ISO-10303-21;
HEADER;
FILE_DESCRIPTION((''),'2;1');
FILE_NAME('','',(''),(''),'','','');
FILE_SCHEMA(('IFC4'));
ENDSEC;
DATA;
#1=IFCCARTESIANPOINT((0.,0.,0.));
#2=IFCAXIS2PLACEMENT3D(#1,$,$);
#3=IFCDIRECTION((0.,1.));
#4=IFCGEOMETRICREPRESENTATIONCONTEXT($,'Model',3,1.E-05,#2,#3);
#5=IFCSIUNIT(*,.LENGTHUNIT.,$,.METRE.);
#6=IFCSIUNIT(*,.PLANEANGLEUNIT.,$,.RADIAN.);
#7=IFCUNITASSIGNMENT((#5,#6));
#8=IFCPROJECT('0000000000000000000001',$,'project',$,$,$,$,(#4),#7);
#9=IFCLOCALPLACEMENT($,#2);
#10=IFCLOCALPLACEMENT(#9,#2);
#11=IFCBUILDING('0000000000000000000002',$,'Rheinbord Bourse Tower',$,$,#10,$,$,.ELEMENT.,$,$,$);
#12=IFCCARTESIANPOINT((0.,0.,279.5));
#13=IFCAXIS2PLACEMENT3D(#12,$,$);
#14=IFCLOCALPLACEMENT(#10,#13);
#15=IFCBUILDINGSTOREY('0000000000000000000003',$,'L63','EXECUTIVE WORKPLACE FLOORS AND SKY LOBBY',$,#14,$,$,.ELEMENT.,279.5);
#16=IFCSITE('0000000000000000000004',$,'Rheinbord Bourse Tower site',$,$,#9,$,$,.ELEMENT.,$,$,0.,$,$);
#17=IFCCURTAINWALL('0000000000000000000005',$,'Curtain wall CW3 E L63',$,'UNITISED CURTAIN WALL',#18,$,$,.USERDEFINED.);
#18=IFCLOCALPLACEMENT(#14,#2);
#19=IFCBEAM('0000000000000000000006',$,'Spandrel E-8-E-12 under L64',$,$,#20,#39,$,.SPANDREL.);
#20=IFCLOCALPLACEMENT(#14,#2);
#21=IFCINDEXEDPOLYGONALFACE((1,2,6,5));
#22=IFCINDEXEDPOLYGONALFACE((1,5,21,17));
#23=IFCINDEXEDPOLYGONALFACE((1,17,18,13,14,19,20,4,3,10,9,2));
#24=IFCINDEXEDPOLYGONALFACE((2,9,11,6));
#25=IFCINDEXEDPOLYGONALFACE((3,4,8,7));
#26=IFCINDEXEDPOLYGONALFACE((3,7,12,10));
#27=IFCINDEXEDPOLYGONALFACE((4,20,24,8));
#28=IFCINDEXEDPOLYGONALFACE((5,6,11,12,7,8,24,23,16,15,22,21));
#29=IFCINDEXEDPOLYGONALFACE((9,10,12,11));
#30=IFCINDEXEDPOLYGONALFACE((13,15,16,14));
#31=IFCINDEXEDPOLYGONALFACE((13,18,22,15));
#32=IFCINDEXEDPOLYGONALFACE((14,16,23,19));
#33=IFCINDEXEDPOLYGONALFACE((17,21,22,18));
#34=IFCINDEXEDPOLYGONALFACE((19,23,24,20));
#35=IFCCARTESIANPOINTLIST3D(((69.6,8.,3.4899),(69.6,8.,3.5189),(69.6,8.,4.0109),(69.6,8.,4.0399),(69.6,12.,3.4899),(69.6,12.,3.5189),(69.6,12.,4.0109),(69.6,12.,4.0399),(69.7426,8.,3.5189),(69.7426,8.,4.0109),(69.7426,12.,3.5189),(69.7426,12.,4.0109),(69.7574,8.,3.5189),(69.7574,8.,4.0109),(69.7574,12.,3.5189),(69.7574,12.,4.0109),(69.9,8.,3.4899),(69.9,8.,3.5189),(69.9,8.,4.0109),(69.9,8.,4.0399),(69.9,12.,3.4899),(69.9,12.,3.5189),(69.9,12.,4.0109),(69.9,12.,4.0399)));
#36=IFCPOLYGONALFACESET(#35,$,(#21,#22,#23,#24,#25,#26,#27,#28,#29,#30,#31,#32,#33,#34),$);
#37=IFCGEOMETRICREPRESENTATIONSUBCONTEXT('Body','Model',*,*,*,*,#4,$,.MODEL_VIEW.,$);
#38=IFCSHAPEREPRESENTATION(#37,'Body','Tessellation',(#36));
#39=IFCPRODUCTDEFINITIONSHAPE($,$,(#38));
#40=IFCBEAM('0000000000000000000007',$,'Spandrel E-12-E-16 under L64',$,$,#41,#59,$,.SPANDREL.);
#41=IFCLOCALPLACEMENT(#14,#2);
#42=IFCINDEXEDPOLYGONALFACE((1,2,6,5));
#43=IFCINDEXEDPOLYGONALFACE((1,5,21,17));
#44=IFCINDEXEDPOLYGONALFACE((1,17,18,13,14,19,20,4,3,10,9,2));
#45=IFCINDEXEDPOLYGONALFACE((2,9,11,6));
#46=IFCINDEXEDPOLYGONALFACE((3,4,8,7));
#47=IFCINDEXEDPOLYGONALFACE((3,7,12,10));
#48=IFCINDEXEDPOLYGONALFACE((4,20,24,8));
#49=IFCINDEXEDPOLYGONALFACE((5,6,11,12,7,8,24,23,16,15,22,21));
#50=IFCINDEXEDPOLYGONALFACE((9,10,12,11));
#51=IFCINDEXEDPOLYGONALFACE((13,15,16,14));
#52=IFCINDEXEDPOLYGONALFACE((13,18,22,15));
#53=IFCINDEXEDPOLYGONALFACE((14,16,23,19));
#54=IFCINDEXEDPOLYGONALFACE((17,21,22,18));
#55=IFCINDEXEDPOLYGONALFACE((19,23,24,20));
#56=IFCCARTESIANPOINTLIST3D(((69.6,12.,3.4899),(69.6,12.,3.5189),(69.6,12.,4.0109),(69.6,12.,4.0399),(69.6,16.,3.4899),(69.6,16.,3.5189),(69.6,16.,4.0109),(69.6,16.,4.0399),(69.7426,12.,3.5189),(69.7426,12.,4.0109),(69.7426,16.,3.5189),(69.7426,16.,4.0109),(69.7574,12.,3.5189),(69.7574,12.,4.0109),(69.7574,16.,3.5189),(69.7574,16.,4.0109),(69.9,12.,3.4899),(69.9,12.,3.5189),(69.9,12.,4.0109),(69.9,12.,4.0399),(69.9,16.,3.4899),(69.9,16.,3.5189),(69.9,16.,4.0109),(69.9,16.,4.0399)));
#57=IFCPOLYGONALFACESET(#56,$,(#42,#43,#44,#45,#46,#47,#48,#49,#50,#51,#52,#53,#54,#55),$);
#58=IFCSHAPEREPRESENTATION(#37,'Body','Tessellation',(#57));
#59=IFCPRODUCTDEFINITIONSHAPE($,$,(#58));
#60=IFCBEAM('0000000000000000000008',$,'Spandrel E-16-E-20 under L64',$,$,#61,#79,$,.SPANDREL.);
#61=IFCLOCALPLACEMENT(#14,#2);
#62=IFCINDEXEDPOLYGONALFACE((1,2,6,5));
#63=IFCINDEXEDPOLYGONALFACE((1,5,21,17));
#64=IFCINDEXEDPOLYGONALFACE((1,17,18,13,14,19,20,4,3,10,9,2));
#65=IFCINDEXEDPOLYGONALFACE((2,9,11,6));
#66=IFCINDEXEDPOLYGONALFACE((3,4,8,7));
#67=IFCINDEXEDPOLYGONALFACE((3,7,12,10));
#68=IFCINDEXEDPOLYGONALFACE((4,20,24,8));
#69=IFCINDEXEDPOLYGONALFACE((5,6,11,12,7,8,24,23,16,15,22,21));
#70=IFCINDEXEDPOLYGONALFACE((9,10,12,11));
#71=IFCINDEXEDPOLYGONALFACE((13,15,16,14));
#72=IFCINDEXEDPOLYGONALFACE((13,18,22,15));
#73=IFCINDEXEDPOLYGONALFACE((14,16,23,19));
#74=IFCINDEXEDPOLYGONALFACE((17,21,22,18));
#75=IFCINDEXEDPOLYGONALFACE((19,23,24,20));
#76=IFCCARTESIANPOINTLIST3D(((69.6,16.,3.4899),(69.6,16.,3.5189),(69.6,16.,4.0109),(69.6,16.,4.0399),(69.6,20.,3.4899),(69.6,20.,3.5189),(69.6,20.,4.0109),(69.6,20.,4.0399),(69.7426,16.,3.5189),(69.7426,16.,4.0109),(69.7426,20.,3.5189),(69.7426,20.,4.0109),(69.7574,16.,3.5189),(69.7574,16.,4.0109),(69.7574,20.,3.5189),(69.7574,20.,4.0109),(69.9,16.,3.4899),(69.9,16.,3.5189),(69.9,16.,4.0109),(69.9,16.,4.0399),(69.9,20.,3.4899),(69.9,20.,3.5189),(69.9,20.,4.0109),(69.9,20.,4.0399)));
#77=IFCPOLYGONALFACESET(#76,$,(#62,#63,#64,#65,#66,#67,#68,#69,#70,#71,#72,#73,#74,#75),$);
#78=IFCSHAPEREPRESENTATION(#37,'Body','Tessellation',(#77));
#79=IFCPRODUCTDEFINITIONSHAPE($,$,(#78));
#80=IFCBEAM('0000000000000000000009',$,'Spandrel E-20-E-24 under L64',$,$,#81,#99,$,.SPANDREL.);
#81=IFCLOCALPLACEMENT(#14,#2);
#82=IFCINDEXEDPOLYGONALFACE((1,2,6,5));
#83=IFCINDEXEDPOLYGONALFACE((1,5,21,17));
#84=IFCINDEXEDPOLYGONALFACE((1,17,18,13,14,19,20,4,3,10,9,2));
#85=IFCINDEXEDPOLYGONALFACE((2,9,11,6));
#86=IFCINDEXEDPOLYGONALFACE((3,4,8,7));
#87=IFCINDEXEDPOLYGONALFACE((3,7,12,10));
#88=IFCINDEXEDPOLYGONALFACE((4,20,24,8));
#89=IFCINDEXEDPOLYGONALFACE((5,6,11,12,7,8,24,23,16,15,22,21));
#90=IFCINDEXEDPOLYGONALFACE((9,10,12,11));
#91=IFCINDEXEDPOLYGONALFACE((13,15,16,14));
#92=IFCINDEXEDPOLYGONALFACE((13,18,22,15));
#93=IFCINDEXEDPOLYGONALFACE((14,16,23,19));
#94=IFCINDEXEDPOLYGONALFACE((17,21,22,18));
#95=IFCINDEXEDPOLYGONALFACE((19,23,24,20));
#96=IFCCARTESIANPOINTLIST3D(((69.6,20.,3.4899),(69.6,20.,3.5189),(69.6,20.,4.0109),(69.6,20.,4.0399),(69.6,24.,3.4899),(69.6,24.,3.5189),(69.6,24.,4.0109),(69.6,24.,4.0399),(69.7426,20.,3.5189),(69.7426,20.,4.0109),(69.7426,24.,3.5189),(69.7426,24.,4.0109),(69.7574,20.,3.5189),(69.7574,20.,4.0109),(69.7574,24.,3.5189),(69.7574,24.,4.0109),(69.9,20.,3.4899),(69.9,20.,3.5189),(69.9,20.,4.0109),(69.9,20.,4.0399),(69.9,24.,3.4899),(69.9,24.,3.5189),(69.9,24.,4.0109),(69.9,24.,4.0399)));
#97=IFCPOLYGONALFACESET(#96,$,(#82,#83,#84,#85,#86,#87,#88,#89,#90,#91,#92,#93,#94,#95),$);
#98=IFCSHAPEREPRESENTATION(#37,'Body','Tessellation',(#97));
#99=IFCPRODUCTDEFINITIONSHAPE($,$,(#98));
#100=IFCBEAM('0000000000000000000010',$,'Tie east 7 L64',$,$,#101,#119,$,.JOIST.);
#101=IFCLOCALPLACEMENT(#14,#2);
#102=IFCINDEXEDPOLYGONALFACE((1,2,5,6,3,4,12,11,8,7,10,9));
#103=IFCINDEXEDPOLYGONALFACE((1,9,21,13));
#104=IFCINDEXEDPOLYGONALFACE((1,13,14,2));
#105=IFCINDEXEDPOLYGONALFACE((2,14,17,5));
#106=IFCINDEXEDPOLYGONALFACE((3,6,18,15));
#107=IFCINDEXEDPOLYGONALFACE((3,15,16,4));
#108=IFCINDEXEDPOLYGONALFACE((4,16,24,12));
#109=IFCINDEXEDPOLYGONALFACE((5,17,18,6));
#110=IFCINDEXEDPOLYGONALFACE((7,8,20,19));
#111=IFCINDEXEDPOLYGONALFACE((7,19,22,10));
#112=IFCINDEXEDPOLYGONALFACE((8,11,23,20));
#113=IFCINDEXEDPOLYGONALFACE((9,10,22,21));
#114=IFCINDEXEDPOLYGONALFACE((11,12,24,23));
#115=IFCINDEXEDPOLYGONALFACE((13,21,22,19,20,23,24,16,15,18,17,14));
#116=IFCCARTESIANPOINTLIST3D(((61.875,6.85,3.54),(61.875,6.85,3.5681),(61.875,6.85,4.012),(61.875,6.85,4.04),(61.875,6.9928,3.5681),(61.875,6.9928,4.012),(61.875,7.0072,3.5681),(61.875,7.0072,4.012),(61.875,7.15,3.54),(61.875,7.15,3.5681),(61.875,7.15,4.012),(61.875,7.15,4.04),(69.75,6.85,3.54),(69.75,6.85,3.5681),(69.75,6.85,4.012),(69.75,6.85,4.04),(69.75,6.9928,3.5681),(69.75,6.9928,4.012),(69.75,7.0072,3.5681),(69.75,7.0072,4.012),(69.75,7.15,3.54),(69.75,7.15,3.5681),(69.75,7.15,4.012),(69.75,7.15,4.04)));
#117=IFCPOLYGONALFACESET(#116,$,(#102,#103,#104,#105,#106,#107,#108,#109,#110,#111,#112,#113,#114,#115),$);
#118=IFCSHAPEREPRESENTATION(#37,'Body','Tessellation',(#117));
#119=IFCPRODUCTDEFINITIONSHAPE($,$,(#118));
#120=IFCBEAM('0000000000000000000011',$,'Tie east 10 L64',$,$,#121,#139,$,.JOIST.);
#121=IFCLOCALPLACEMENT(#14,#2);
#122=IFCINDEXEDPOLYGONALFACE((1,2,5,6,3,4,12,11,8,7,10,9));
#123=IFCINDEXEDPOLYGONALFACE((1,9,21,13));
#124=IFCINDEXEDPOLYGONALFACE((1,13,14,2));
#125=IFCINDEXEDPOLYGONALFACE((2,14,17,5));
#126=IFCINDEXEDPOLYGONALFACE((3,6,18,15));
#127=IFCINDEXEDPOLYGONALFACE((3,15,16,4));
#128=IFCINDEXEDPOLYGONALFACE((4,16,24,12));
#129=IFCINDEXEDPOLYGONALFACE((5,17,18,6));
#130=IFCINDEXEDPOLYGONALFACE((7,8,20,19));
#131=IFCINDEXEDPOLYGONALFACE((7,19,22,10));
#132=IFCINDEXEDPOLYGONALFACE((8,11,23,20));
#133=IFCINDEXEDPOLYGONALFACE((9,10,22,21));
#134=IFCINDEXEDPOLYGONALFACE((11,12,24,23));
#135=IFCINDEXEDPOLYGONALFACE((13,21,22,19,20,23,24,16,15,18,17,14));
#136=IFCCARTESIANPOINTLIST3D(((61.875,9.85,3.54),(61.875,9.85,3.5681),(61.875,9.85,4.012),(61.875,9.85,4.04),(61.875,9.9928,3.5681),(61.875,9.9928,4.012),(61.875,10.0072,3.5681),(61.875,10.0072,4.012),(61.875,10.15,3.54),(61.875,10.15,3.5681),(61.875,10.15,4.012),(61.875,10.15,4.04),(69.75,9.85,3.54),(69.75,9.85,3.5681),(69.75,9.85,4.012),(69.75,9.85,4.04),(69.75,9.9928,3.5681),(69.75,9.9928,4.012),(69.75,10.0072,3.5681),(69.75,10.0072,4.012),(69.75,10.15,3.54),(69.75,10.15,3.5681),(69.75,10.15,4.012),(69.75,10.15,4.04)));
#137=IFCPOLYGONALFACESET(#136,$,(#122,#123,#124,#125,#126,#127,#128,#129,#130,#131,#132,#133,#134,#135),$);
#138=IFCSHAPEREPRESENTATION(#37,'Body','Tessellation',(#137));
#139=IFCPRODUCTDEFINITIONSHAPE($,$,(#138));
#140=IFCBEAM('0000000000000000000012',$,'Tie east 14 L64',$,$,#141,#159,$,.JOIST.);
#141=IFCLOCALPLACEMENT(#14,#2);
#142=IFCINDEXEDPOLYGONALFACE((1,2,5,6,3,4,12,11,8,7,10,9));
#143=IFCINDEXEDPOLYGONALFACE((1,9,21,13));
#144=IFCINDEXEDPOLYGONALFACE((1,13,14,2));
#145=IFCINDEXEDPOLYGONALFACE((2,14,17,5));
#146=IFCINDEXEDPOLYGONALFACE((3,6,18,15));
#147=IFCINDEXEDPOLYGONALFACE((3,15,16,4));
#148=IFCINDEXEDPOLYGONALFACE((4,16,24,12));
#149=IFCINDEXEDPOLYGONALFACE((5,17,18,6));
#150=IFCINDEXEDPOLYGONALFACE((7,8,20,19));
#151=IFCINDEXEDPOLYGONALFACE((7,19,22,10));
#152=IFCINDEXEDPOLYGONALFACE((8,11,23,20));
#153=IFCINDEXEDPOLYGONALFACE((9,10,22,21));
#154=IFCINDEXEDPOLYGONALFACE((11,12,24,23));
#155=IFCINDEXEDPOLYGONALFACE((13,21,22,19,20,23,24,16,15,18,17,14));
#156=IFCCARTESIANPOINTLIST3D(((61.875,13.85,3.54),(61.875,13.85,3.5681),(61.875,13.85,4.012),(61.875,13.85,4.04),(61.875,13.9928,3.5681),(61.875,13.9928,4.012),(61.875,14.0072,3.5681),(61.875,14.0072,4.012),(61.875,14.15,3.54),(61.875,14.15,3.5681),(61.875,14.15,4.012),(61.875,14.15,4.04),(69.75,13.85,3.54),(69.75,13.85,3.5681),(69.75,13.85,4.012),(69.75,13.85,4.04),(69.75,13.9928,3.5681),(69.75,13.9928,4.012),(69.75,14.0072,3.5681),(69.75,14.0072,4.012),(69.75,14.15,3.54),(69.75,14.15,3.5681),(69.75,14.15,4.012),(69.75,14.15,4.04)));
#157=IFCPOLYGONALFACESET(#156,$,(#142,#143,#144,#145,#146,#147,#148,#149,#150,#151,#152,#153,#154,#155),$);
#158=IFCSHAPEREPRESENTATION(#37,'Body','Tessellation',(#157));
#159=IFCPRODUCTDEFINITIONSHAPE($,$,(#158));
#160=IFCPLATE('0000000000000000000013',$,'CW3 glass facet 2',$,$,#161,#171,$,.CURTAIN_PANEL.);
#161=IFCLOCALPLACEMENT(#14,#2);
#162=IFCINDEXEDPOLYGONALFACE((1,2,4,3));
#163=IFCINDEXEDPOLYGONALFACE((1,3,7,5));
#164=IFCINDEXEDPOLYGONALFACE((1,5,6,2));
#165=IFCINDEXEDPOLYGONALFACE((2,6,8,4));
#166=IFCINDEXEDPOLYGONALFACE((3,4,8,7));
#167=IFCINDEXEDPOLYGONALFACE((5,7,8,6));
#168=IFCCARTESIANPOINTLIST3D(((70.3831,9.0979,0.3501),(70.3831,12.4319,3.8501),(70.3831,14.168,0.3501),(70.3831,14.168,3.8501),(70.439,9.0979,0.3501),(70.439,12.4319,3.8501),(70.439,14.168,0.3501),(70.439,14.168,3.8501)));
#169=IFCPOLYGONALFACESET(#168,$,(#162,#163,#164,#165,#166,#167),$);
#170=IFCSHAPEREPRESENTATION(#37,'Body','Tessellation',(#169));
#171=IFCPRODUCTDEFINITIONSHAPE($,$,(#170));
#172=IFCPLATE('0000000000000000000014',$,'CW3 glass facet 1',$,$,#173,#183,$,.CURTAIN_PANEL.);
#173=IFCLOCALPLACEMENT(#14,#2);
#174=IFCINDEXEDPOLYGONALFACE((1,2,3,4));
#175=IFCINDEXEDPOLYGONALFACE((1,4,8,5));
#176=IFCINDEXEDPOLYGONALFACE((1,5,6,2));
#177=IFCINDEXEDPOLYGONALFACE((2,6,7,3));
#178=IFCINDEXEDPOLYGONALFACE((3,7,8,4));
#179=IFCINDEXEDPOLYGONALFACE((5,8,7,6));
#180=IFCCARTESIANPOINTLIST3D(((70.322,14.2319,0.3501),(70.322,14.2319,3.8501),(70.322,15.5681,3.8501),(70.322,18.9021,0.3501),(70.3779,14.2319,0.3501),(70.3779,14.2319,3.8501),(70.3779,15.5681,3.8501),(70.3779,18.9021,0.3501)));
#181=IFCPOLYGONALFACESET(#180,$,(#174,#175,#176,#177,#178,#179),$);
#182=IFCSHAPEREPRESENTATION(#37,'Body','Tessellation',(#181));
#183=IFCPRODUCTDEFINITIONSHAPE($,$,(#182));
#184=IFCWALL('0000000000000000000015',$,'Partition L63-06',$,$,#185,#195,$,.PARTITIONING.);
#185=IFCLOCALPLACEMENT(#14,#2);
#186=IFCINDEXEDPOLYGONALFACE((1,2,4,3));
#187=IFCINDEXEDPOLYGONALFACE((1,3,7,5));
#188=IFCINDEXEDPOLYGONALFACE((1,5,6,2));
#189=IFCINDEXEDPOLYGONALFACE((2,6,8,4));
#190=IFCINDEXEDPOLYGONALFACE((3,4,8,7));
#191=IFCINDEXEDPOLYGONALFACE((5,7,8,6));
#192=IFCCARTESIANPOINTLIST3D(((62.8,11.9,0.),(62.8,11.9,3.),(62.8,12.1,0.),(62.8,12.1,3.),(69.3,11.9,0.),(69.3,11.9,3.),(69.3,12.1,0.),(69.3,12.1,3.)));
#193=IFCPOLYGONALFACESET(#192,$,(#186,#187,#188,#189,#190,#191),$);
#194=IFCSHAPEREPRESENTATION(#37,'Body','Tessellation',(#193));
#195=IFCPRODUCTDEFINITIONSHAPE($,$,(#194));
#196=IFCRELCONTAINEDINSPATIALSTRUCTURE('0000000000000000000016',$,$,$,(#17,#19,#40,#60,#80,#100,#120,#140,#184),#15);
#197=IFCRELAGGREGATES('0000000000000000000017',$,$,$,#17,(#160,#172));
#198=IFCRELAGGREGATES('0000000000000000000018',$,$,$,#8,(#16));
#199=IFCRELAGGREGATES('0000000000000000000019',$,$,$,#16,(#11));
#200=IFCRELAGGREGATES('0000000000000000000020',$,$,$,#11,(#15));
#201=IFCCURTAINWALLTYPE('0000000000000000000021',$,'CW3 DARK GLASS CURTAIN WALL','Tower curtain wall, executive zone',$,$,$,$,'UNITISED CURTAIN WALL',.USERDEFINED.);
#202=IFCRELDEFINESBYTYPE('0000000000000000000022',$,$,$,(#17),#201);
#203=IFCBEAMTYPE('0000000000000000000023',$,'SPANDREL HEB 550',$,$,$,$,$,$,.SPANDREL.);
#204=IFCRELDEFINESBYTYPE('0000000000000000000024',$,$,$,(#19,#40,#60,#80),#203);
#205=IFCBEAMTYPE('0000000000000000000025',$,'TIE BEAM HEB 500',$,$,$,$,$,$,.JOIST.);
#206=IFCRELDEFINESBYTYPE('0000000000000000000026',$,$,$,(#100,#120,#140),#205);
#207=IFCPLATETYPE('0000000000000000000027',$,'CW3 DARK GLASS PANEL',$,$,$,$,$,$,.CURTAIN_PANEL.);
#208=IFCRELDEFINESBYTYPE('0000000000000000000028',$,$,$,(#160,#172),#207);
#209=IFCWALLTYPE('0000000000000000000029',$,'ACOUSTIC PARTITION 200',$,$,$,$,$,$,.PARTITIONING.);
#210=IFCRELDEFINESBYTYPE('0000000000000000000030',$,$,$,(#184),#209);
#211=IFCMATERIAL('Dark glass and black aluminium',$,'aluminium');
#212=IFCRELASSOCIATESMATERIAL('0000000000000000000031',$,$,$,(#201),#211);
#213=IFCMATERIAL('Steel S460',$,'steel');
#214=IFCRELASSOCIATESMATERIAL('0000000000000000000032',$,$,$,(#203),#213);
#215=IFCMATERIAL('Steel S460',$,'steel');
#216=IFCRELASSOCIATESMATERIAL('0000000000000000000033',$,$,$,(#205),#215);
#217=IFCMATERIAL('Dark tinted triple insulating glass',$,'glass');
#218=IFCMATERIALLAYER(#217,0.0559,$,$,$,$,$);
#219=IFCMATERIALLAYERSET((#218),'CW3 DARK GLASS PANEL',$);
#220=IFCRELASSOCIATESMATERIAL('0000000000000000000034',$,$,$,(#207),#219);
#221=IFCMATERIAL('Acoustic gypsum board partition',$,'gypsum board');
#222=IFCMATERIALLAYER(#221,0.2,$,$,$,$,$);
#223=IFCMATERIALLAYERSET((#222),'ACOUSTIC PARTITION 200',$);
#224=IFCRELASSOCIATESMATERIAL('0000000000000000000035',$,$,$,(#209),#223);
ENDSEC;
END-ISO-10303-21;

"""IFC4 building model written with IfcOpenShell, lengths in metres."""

from ifc_helpers import new_model, si_unit, direction, frame, frame_2d, origin, origin_2d, place, context, subcontext, project, spatial, polyline, rectangle, i_section, outline, extrude, material, layer, layer_set, material_profile, profile_set, type_object, element, aggregate, save


model = new_model("IFC4")

# Units and contexts
model_context = context("Model", 3, precision=1e-05, world=origin(), true_north=direction((0.0, 1.0)))
body_context = subcontext(model_context, "Body", "Model", "MODEL_VIEW")
ifc_project = project(units=[si_unit("LENGTHUNIT", "METRE"), si_unit("PLANEANGLEUNIT", "RADIAN")], contexts=[model_context])

# Site, building, storey
site_placement = place(None, origin())
site = spatial("IfcSite", under=ifc_project, at=site_placement, Name="Rheinbord Bourse Tower site", CompositionType="ELEMENT", RefElevation=0.0)
building_placement = place(site_placement, origin())
building = spatial("IfcBuilding", under=site, at=building_placement, Name="Rheinbord Bourse Tower", CompositionType="ELEMENT")
storey_placement = place(building_placement, frame((0.0, 0.0, 279.5)))
storey = spatial("IfcBuildingStorey", under=building, at=storey_placement, Name="L63", Description="EXECUTIVE WORKPLACE FLOORS AND SKY LOBBY", CompositionType="ELEMENT", Elevation=279.5)

# Curtain wall
ifc_material_1 = material(Name="Dark glass and black aluminium", Category="aluminium")
curtain_wall_type = type_object("IfcCurtainWallType", Name="CW3 DARK GLASS CURTAIN WALL", Description="Tower curtain wall, executive zone", ElementType="UNITISED CURTAIN WALL", PredefinedType="USERDEFINED", material=ifc_material_1)
curtain_wall_placement = place(storey_placement, origin())
curtain_wall = element("IfcCurtainWall", 1, at=curtain_wall_placement, inside=storey, type_object=curtain_wall_type, Name="Curtain wall CW3 E L63", ObjectType="UNITISED CURTAIN WALL", PredefinedType="USERDEFINED")

# Beams
ifc_material_2 = material(Name="Steel S460", Category="steel")
ifc_material_profile_1 = material_profile(ifc_material_2, i_section(OverallWidth=0.3, OverallDepth=0.55, WebThickness=0.0149, FlangeThickness=0.0291, at=origin_2d()), Name="HEB 550")
ifc_profile_set_1 = profile_set([ifc_material_profile_1], Name="Steel S460")
beam_type_1 = type_object("IfcBeamType", Name="SPANDREL HEB 550", PredefinedType="SPANDREL", material=ifc_profile_set_1)
for number, where, z_axis, x_axis, name in (
    (2, (69.75, 8.0, 3.7649), (0.0, 1.0, 0.0), (-1.0, 0.0, 0.0), "Spandrel E-8-E-12 under L64"),
    (3, (69.75, 12.0, 3.7649), (0.0, 1.0, 0.0), (-1.0, 0.0, 0.0), "Spandrel E-12-E-16 under L64"),
    (4, (69.75, 16.0, 3.7649), (0.0, 1.0, 0.0), (-1.0, 0.0, 0.0), "Spandrel E-16-E-20 under L64"),
    (5, (69.75, 20.0, 3.7649), (0.0, 1.0, 0.0), (-1.0, 0.0, 0.0), "Spandrel E-20-E-24 under L64"),
):
    element("IfcBeam", number, at=place(storey_placement, frame(where, z_axis=z_axis, x_axis=x_axis)), inside=storey, type_object=beam_type_1, Name=name, PredefinedType="SPANDREL", context=body_context, shape_type="SweptSolid", body=[
        extrude(i_section(OverallWidth=0.3, OverallDepth=0.55, WebThickness=0.0149, FlangeThickness=0.0291, at=origin_2d()), origin(), (0.0, 0.0, 1.0), 4.0),
    ])
ifc_material_3 = material(Name="Steel S460", Category="steel")
ifc_material_profile_2 = material_profile(ifc_material_3, i_section(OverallWidth=0.3, OverallDepth=0.5, WebThickness=0.0144, FlangeThickness=0.0281, at=origin_2d()), Name="HEB 500")
ifc_profile_set_2 = profile_set([ifc_material_profile_2], Name="Steel S460")
beam_type_2 = type_object("IfcBeamType", Name="TIE BEAM HEB 500", PredefinedType="JOIST", material=ifc_profile_set_2)
for number, where, z_axis, x_axis, name in (
    (6, (61.875, 7.0, 3.79), (1.0, 0.0, 0.0), (0.0, 1.0, 0.0), "Tie east 7 L64"),
    (7, (61.875, 10.0, 3.79), (1.0, 0.0, 0.0), (0.0, 1.0, 0.0), "Tie east 10 L64"),
    (8, (61.875, 14.0, 3.79), (1.0, 0.0, 0.0), (0.0, 1.0, 0.0), "Tie east 14 L64"),
):
    element("IfcBeam", number, at=place(storey_placement, frame(where, z_axis=z_axis, x_axis=x_axis)), inside=storey, type_object=beam_type_2, Name=name, PredefinedType="JOIST", context=body_context, shape_type="SweptSolid", body=[
        extrude(i_section(OverallWidth=0.3, OverallDepth=0.5, WebThickness=0.0144, FlangeThickness=0.0281, at=origin_2d()), origin(), (0.0, 0.0, 1.0), 7.875),
    ])

# Plates
ifc_material_4 = material(Name="Dark tinted triple insulating glass", Category="glass")
ifc_layer_1 = layer(ifc_material_4, 0.0559)
ifc_layer_set_1 = layer_set([ifc_layer_1], Name="CW3 DARK GLASS PANEL")
plate_type = type_object("IfcPlateType", Name="CW3 DARK GLASS PANEL", PredefinedType="CURTAIN_PANEL", material=ifc_layer_set_1)
plate_1_placement = place(storey_placement, frame((70.439, 14.168, 3.8501), z_axis=(-1.0, 0.0, 0.0), x_axis=(0.0, 0.0, -1.0)))
plate_1 = element("IfcPlate", 9, at=plate_1_placement, type_object=plate_type, Name="CW3 glass facet 2", PredefinedType="CURTAIN_PANEL", context=body_context, shape_type="SweptSolid", body=[
    extrude(outline(polyline([(0.0, 0.0), (3.5, 0.0), (3.5, 5.0701), (0.0, 1.7361), (0.0, 0.0)])), origin(), (0.0, 0.0, 1.0), 0.0559),
])
plate_2_placement = place(storey_placement, frame((70.3779, 14.2319, 0.3501), z_axis=(-1.0, 0.0, 0.0), x_axis=(0.0, 0.0, 1.0)))
plate_2 = element("IfcPlate", 10, at=plate_2_placement, type_object=plate_type, Name="CW3 glass facet 1", PredefinedType="CURTAIN_PANEL", context=body_context, shape_type="SweptSolid", body=[
    extrude(outline(polyline([(0.0, 0.0), (3.5, 0.0), (3.5, 1.3362), (0.0, 4.6702), (0.0, 0.0)])), origin(), (0.0, 0.0, 1.0), 0.0559),
])
aggregate(curtain_wall, [plate_1, plate_2])

# Wall
ifc_material_5 = material(Name="Acoustic gypsum board partition", Category="gypsum board")
ifc_layer_2 = layer(ifc_material_5, 0.2)
ifc_layer_set_2 = layer_set([ifc_layer_2], Name="ACOUSTIC PARTITION 200")
wall_type_1 = type_object("IfcWallType", Name="ACOUSTIC PARTITION 200", PredefinedType="PARTITIONING", material=ifc_layer_set_2)
wall_1_placement = place(storey_placement, frame((62.8, 12.0, 0.0), z_axis=(0.0, 0.0, 1.0), x_axis=(1.0, 0.0, 0.0)))
element("IfcWall", 11, at=wall_1_placement, inside=storey, type_object=wall_type_1, Name="Partition L63-06", PredefinedType="PARTITIONING", context=body_context, shape_type="SweptSolid", body=[
    extrude(rectangle(XDim=6.5, YDim=0.2, at=frame_2d((3.25, 0.0))), origin(), (0.0, 0.0, 1.0), 3.0),
])

save(model, "model.ifc")
